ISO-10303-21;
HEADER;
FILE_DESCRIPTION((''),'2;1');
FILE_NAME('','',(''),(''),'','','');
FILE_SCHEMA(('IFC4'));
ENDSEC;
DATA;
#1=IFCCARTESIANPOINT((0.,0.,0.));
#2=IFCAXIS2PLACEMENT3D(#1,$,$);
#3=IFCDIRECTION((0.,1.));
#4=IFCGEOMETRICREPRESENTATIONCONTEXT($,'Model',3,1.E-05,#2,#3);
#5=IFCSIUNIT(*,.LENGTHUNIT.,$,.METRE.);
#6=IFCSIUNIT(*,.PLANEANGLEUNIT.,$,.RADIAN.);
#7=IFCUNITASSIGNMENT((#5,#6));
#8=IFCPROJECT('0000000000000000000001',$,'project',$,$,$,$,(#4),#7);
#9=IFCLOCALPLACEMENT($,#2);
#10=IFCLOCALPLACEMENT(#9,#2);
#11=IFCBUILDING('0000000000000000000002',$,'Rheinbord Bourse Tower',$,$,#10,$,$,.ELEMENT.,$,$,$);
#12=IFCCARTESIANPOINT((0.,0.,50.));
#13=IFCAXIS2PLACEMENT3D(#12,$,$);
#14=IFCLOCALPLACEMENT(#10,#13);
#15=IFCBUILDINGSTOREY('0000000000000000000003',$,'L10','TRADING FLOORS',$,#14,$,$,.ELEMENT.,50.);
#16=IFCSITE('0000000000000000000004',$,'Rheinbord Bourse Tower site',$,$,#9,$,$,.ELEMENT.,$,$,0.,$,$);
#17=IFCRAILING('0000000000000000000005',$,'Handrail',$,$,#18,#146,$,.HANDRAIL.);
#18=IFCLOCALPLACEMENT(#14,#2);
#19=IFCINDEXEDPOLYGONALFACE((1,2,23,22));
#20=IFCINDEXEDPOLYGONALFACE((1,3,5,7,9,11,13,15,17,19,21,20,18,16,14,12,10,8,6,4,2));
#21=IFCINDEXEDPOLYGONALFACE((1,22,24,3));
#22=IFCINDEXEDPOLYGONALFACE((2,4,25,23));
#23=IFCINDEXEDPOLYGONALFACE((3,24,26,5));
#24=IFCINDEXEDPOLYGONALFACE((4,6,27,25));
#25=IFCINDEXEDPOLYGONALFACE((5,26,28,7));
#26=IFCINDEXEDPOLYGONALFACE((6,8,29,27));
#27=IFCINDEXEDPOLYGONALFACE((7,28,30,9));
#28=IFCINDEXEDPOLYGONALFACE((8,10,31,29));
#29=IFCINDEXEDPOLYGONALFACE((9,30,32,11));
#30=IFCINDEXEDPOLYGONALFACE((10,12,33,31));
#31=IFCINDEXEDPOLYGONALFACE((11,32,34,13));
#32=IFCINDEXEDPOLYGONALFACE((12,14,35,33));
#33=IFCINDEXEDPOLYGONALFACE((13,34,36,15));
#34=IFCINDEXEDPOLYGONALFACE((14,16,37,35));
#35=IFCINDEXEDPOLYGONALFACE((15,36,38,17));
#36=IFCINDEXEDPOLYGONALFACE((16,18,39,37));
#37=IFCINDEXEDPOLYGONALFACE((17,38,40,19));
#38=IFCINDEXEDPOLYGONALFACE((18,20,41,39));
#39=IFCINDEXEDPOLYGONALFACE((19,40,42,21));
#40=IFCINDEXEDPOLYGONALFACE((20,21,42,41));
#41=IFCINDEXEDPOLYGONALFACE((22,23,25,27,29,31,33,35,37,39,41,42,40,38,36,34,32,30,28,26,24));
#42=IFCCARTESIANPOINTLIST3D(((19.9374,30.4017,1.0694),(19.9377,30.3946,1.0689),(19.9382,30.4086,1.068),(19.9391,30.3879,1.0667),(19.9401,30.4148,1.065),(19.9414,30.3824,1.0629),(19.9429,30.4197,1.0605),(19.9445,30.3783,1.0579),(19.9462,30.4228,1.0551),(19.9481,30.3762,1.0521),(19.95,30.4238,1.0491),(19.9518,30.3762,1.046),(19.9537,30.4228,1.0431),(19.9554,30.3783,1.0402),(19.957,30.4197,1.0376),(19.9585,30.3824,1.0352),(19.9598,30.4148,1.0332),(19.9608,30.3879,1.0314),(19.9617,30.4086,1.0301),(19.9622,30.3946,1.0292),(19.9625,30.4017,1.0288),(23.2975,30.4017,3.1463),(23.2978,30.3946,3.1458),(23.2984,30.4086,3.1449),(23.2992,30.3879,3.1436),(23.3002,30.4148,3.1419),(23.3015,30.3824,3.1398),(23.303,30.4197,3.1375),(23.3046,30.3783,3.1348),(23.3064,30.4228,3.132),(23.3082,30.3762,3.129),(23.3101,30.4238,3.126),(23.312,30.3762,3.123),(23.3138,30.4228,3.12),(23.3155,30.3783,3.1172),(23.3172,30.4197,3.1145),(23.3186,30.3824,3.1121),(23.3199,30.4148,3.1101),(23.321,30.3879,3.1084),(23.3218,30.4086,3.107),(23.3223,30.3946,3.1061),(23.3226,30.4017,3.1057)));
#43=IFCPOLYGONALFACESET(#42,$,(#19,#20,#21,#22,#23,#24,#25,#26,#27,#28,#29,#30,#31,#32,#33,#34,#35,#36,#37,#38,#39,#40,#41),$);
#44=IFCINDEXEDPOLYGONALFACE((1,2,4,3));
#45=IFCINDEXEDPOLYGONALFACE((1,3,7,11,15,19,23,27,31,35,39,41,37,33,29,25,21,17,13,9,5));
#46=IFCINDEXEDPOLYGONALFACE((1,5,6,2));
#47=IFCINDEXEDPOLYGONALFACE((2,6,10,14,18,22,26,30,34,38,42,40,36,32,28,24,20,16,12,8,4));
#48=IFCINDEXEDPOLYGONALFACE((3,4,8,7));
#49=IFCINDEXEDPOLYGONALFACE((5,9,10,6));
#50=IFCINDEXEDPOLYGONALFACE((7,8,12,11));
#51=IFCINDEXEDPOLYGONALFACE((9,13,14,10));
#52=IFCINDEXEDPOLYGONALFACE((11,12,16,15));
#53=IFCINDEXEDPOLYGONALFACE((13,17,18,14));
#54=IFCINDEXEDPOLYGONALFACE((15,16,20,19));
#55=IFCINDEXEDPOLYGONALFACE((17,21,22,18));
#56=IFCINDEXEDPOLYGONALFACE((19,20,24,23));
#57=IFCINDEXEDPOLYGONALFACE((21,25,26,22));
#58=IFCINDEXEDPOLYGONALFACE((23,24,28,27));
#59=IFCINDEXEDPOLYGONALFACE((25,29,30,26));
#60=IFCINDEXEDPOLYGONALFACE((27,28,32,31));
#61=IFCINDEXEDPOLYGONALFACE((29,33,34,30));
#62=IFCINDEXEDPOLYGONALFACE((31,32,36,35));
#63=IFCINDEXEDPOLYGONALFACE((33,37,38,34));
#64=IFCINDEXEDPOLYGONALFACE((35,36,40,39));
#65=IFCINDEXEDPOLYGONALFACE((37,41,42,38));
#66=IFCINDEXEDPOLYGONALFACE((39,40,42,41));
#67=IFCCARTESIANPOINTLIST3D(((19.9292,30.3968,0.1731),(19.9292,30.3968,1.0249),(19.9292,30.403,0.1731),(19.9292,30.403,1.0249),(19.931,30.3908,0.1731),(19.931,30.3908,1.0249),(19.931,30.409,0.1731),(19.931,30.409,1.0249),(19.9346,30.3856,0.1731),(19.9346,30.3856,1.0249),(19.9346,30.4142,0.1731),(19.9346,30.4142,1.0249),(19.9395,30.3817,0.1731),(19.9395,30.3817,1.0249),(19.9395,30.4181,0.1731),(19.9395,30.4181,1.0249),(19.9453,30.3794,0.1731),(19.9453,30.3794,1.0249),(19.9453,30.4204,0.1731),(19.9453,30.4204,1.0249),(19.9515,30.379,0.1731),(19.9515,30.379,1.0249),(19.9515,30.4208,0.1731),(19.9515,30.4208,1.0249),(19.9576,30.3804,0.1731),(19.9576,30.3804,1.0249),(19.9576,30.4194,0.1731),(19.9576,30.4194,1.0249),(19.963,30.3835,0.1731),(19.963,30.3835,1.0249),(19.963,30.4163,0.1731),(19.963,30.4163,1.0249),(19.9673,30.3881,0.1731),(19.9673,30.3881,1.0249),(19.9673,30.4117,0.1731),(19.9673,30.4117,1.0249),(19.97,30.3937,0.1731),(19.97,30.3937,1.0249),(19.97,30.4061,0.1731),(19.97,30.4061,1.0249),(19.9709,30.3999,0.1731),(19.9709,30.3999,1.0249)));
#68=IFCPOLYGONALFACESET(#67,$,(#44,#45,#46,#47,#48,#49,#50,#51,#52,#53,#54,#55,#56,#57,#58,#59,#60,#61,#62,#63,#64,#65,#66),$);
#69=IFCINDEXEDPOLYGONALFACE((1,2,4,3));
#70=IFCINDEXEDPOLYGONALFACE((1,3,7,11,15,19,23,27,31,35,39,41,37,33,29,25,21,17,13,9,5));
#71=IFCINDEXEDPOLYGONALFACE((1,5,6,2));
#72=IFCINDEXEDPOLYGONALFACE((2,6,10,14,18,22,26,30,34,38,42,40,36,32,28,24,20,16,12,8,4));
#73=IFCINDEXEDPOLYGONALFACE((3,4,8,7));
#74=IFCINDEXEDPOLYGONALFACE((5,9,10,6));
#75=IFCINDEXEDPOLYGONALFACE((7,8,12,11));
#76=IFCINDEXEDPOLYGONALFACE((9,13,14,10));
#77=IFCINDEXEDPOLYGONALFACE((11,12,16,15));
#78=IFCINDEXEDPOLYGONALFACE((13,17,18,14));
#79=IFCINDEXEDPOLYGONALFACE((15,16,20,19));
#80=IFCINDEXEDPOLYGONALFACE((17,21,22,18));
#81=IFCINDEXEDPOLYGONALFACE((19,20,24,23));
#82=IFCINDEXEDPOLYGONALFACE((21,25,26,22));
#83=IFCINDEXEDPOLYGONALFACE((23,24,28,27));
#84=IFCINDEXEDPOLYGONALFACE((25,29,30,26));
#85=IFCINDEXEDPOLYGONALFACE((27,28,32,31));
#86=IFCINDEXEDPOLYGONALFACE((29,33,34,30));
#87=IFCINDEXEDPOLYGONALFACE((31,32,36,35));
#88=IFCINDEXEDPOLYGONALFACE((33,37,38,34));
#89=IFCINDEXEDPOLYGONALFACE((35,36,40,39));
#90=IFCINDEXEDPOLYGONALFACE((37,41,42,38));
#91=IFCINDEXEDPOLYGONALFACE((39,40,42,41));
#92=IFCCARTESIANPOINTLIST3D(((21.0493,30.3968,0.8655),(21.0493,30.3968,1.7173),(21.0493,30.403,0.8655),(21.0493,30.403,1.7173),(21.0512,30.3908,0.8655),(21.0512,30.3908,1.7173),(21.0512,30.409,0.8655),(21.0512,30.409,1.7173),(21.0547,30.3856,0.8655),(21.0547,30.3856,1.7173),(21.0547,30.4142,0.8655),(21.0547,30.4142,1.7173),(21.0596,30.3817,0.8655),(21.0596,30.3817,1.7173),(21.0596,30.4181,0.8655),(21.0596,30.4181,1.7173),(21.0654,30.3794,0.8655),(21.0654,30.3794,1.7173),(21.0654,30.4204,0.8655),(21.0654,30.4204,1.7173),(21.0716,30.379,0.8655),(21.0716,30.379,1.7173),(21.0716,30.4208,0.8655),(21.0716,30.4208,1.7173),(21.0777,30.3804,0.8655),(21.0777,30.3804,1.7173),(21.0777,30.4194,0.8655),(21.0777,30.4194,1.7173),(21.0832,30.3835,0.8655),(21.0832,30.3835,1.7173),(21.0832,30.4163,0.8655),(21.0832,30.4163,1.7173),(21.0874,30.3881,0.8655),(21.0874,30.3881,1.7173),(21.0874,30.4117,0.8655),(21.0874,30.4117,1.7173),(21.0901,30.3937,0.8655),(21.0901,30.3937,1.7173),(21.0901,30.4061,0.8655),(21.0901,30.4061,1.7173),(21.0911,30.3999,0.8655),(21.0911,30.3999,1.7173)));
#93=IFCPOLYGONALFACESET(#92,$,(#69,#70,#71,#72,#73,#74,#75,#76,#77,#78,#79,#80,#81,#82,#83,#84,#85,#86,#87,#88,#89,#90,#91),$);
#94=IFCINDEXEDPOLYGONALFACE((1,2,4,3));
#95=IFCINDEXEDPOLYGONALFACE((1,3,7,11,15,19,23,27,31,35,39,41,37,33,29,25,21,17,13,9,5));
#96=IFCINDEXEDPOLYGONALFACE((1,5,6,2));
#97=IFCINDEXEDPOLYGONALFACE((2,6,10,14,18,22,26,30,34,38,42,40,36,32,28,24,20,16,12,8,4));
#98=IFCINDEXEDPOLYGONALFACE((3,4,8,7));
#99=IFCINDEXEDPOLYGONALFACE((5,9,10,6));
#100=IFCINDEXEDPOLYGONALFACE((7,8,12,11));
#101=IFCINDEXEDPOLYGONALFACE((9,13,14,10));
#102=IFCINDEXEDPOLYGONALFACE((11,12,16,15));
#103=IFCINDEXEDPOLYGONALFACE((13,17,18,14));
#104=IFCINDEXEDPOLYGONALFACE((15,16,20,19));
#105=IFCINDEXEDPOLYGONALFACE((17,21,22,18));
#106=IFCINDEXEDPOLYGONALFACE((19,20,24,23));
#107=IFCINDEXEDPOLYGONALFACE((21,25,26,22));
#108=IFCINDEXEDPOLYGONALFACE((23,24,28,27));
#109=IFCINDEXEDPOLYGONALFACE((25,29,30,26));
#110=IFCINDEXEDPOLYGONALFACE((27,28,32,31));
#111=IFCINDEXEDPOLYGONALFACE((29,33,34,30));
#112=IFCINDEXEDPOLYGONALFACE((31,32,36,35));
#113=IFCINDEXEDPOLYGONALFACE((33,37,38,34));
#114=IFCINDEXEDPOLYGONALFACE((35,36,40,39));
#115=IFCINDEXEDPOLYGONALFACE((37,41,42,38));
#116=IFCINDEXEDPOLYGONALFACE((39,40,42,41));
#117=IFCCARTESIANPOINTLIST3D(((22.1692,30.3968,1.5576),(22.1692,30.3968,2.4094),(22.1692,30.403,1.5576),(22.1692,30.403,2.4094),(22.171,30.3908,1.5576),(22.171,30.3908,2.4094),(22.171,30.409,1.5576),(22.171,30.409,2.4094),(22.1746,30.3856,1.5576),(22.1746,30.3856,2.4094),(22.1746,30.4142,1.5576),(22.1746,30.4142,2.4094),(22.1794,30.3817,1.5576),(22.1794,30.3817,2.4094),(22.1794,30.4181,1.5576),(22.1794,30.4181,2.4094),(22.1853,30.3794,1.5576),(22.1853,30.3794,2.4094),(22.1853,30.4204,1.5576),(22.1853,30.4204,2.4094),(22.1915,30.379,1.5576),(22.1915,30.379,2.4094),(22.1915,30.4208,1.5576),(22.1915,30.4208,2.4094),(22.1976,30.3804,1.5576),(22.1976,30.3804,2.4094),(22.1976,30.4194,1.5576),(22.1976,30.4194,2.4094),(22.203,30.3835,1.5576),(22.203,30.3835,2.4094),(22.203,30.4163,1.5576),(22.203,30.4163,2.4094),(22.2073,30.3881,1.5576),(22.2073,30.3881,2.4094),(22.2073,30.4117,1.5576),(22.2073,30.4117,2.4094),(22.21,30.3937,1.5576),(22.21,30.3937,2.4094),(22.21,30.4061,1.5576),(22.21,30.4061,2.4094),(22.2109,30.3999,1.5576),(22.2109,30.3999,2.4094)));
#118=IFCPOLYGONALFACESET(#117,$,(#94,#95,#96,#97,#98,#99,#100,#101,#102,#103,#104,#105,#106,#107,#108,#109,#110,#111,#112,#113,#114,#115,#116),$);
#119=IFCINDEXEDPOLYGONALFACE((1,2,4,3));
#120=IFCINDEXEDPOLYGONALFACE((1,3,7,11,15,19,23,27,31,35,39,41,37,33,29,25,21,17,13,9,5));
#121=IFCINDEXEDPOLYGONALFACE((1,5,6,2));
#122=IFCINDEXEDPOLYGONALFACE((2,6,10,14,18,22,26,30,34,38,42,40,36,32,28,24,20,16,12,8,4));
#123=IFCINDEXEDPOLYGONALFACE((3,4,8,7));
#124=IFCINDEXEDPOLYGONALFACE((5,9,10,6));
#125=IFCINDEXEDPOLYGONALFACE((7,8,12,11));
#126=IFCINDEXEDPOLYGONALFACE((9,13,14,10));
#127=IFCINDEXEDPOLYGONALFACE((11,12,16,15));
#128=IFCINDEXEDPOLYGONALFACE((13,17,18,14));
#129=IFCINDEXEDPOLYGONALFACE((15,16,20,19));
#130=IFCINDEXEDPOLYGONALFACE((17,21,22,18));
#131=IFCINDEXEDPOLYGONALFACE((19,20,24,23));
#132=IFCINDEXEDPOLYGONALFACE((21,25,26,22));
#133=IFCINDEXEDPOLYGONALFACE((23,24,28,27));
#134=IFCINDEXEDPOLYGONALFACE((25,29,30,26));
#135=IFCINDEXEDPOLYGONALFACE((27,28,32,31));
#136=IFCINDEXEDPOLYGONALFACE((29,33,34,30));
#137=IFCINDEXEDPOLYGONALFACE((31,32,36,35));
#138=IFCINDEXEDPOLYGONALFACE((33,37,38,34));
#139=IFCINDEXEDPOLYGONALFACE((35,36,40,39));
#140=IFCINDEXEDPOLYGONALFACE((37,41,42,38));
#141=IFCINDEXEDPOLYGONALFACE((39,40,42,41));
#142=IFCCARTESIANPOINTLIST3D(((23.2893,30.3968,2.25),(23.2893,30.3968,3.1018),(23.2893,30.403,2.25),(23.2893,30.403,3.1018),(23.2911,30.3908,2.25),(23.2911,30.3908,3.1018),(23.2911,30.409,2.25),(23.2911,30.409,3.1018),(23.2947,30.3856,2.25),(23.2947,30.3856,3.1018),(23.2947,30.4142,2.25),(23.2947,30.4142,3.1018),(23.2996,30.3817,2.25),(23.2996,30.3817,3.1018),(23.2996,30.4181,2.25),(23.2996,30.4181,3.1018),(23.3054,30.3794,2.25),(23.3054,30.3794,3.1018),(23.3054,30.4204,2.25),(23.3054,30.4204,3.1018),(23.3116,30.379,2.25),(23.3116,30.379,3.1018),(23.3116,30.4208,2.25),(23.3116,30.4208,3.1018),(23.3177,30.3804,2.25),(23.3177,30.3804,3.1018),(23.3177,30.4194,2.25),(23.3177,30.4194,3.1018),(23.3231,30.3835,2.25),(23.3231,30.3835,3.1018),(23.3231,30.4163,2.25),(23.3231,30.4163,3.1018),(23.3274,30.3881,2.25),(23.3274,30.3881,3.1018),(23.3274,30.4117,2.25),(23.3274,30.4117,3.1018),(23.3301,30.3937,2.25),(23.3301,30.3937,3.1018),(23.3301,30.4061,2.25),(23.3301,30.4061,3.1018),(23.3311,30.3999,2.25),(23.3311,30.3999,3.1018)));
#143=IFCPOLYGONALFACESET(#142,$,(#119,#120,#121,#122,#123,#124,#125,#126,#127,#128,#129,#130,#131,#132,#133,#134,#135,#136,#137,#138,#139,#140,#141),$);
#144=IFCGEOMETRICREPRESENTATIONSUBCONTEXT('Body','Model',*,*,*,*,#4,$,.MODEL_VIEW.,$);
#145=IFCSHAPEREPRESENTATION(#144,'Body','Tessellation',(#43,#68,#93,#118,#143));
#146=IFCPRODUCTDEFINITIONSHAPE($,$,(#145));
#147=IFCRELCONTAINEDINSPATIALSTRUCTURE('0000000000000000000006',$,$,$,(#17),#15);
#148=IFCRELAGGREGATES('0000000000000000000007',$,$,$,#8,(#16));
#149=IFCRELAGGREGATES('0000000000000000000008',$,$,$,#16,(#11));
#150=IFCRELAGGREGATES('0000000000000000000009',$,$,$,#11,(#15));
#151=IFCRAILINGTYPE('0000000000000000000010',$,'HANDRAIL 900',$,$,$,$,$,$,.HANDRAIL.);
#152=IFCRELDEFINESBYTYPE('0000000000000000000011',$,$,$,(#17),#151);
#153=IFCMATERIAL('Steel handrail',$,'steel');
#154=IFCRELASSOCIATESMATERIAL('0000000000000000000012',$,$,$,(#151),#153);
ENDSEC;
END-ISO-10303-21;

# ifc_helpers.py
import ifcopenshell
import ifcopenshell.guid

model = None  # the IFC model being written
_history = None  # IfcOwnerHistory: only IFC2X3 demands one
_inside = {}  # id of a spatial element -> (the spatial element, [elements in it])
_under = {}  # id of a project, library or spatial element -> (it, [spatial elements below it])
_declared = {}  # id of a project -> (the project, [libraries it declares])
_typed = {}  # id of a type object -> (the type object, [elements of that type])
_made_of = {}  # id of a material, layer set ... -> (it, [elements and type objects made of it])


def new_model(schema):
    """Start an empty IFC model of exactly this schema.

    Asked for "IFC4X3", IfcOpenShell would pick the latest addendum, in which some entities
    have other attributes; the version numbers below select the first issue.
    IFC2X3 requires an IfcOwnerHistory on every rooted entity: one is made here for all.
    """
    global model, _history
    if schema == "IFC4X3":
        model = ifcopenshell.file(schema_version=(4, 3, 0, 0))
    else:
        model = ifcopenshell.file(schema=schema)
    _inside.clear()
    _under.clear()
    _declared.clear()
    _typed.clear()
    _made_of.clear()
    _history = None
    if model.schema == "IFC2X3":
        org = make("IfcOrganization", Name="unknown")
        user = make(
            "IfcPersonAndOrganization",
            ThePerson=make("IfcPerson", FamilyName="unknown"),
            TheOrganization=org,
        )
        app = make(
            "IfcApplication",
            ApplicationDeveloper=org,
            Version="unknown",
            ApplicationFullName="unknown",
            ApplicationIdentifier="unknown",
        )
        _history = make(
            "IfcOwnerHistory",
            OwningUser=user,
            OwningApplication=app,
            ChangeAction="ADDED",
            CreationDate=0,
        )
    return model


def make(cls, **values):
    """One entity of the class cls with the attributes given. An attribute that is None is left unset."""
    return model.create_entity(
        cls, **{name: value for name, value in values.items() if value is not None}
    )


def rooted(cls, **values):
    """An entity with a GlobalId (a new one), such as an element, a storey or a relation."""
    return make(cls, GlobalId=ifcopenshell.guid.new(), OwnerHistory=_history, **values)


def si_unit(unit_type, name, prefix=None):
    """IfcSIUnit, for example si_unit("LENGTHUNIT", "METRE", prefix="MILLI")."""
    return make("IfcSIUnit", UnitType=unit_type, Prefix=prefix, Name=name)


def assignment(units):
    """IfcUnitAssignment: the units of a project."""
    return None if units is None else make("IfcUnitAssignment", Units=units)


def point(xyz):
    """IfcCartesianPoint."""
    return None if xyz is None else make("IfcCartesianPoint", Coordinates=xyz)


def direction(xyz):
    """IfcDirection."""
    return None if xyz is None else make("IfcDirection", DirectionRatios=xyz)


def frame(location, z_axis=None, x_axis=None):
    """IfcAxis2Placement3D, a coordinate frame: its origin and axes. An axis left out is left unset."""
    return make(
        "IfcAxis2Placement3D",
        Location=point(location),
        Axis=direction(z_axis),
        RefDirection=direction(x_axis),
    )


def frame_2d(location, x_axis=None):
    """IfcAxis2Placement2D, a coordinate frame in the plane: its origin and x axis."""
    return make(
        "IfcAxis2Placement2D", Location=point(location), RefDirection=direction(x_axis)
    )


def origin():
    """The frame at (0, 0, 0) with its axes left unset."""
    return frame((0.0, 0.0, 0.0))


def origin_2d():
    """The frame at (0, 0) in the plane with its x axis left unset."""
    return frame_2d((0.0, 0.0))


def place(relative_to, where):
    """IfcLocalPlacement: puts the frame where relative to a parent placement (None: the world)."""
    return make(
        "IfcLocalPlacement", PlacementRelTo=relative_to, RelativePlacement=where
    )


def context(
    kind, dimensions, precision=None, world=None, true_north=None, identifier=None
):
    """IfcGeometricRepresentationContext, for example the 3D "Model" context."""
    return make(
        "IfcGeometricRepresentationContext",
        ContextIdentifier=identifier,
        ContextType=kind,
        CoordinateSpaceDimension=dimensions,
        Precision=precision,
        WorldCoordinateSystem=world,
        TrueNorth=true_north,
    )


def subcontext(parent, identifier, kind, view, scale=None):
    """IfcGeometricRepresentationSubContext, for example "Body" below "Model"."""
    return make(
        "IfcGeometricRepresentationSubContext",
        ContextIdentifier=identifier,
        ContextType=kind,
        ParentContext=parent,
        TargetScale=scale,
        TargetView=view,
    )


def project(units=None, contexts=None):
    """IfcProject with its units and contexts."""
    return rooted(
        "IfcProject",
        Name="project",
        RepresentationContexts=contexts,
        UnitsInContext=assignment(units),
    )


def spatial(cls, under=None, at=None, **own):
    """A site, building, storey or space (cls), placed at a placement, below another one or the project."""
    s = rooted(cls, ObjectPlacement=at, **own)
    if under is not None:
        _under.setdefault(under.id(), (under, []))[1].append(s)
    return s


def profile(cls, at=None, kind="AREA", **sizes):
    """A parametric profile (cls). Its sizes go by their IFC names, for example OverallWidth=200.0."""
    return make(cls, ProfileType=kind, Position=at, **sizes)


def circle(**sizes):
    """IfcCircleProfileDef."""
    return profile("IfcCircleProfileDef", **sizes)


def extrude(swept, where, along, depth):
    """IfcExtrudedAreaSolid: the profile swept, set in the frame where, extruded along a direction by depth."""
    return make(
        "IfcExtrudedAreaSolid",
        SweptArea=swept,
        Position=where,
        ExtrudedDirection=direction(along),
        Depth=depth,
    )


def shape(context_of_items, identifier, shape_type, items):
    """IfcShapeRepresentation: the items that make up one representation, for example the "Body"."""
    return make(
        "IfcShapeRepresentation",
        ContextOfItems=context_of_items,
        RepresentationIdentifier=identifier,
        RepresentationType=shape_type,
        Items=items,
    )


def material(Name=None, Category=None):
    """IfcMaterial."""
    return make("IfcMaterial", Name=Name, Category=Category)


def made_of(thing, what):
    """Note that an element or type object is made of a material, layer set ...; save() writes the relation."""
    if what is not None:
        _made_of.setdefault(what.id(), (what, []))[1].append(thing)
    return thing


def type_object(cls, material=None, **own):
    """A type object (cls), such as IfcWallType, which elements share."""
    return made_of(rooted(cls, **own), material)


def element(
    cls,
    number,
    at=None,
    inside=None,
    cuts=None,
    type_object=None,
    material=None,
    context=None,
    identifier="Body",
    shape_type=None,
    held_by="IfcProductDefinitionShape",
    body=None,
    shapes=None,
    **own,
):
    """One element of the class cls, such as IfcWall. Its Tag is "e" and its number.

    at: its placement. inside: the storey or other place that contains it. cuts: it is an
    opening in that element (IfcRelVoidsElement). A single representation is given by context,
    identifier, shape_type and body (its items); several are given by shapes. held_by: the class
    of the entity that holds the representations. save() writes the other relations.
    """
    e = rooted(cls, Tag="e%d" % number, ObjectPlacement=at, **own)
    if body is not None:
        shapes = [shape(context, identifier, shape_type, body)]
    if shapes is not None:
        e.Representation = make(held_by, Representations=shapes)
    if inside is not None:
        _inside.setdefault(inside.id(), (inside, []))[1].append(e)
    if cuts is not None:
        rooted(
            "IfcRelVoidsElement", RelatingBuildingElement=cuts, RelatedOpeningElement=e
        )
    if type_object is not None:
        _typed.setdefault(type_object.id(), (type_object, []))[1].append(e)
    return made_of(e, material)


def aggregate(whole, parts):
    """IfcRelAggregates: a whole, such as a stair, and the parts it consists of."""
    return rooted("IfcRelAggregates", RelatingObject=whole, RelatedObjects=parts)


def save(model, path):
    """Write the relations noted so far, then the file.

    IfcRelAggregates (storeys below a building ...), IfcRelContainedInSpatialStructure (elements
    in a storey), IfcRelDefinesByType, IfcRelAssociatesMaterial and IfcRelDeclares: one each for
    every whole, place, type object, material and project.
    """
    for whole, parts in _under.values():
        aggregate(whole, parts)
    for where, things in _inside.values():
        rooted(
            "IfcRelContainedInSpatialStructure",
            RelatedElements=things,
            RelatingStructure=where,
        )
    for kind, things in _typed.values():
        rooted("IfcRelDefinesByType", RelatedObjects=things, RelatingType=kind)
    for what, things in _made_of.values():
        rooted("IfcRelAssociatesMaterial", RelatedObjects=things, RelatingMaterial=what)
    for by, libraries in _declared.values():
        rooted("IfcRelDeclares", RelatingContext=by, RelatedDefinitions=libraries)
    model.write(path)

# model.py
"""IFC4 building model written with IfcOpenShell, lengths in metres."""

from ifc_helpers import new_model, si_unit, direction, frame, origin, origin_2d, place, context, subcontext, project, spatial, circle, extrude, material, type_object, element, save


model = new_model("IFC4")

# Units and contexts
model_context = context("Model", 3, precision=1e-05, world=origin(), true_north=direction((0.0, 1.0)))
body_context = subcontext(model_context, "Body", "Model", "MODEL_VIEW")
ifc_project = project(units=[si_unit("LENGTHUNIT", "METRE"), si_unit("PLANEANGLEUNIT", "RADIAN")], contexts=[model_context])

# Site, building, storey
site_placement = place(None, origin())
site = spatial("IfcSite", under=ifc_project, at=site_placement, Name="Rheinbord Bourse Tower site", CompositionType="ELEMENT", RefElevation=0.0)
building_placement = place(site_placement, origin())
building = spatial("IfcBuilding", under=site, at=building_placement, Name="Rheinbord Bourse Tower", CompositionType="ELEMENT")
storey_placement = place(building_placement, frame((0.0, 0.0, 50.0)))
storey = spatial("IfcBuildingStorey", under=building, at=storey_placement, Name="L10", Description="TRADING FLOORS", CompositionType="ELEMENT", Elevation=50.0)

# Railing
ifc_material_1 = material(Name="Steel handrail", Category="steel")
railing_type = type_object("IfcRailingType", Name="HANDRAIL 900", PredefinedType="HANDRAIL", material=ifc_material_1)
railing_1_placement = place(storey_placement, frame((19.95, 30.3999, 0.1731)))
element("IfcRailing", 1, at=railing_1_placement, inside=storey, type_object=railing_type, Name="Handrail", PredefinedType="HANDRAIL", context=body_context, shape_type="SweptSolid", body=[
    extrude(circle(Radius=0.0239, at=origin_2d()), frame((0.0, 0.0, 0.876), z_axis=(0.850623, 0.0, 0.525776), x_axis=(0.0, 1.0, 0.0)), (0.0, 0.0, 1.0), 3.9502),
    extrude(circle(Radius=0.021, at=origin_2d()), origin(), (0.0, 0.0, 1.0), 0.8518),
    extrude(circle(Radius=0.021, at=origin_2d()), frame((1.1201, 0.0, 0.6924)), (0.0, 0.0, 1.0), 0.8518),
    extrude(circle(Radius=0.021, at=origin_2d()), frame((2.24, 0.0, 1.3845)), (0.0, 0.0, 1.0), 0.8518),
    extrude(circle(Radius=0.021, at=origin_2d()), frame((3.3601, 0.0, 2.0769)), (0.0, 0.0, 1.0), 0.8518),
])

save(model, "model.ifc")
